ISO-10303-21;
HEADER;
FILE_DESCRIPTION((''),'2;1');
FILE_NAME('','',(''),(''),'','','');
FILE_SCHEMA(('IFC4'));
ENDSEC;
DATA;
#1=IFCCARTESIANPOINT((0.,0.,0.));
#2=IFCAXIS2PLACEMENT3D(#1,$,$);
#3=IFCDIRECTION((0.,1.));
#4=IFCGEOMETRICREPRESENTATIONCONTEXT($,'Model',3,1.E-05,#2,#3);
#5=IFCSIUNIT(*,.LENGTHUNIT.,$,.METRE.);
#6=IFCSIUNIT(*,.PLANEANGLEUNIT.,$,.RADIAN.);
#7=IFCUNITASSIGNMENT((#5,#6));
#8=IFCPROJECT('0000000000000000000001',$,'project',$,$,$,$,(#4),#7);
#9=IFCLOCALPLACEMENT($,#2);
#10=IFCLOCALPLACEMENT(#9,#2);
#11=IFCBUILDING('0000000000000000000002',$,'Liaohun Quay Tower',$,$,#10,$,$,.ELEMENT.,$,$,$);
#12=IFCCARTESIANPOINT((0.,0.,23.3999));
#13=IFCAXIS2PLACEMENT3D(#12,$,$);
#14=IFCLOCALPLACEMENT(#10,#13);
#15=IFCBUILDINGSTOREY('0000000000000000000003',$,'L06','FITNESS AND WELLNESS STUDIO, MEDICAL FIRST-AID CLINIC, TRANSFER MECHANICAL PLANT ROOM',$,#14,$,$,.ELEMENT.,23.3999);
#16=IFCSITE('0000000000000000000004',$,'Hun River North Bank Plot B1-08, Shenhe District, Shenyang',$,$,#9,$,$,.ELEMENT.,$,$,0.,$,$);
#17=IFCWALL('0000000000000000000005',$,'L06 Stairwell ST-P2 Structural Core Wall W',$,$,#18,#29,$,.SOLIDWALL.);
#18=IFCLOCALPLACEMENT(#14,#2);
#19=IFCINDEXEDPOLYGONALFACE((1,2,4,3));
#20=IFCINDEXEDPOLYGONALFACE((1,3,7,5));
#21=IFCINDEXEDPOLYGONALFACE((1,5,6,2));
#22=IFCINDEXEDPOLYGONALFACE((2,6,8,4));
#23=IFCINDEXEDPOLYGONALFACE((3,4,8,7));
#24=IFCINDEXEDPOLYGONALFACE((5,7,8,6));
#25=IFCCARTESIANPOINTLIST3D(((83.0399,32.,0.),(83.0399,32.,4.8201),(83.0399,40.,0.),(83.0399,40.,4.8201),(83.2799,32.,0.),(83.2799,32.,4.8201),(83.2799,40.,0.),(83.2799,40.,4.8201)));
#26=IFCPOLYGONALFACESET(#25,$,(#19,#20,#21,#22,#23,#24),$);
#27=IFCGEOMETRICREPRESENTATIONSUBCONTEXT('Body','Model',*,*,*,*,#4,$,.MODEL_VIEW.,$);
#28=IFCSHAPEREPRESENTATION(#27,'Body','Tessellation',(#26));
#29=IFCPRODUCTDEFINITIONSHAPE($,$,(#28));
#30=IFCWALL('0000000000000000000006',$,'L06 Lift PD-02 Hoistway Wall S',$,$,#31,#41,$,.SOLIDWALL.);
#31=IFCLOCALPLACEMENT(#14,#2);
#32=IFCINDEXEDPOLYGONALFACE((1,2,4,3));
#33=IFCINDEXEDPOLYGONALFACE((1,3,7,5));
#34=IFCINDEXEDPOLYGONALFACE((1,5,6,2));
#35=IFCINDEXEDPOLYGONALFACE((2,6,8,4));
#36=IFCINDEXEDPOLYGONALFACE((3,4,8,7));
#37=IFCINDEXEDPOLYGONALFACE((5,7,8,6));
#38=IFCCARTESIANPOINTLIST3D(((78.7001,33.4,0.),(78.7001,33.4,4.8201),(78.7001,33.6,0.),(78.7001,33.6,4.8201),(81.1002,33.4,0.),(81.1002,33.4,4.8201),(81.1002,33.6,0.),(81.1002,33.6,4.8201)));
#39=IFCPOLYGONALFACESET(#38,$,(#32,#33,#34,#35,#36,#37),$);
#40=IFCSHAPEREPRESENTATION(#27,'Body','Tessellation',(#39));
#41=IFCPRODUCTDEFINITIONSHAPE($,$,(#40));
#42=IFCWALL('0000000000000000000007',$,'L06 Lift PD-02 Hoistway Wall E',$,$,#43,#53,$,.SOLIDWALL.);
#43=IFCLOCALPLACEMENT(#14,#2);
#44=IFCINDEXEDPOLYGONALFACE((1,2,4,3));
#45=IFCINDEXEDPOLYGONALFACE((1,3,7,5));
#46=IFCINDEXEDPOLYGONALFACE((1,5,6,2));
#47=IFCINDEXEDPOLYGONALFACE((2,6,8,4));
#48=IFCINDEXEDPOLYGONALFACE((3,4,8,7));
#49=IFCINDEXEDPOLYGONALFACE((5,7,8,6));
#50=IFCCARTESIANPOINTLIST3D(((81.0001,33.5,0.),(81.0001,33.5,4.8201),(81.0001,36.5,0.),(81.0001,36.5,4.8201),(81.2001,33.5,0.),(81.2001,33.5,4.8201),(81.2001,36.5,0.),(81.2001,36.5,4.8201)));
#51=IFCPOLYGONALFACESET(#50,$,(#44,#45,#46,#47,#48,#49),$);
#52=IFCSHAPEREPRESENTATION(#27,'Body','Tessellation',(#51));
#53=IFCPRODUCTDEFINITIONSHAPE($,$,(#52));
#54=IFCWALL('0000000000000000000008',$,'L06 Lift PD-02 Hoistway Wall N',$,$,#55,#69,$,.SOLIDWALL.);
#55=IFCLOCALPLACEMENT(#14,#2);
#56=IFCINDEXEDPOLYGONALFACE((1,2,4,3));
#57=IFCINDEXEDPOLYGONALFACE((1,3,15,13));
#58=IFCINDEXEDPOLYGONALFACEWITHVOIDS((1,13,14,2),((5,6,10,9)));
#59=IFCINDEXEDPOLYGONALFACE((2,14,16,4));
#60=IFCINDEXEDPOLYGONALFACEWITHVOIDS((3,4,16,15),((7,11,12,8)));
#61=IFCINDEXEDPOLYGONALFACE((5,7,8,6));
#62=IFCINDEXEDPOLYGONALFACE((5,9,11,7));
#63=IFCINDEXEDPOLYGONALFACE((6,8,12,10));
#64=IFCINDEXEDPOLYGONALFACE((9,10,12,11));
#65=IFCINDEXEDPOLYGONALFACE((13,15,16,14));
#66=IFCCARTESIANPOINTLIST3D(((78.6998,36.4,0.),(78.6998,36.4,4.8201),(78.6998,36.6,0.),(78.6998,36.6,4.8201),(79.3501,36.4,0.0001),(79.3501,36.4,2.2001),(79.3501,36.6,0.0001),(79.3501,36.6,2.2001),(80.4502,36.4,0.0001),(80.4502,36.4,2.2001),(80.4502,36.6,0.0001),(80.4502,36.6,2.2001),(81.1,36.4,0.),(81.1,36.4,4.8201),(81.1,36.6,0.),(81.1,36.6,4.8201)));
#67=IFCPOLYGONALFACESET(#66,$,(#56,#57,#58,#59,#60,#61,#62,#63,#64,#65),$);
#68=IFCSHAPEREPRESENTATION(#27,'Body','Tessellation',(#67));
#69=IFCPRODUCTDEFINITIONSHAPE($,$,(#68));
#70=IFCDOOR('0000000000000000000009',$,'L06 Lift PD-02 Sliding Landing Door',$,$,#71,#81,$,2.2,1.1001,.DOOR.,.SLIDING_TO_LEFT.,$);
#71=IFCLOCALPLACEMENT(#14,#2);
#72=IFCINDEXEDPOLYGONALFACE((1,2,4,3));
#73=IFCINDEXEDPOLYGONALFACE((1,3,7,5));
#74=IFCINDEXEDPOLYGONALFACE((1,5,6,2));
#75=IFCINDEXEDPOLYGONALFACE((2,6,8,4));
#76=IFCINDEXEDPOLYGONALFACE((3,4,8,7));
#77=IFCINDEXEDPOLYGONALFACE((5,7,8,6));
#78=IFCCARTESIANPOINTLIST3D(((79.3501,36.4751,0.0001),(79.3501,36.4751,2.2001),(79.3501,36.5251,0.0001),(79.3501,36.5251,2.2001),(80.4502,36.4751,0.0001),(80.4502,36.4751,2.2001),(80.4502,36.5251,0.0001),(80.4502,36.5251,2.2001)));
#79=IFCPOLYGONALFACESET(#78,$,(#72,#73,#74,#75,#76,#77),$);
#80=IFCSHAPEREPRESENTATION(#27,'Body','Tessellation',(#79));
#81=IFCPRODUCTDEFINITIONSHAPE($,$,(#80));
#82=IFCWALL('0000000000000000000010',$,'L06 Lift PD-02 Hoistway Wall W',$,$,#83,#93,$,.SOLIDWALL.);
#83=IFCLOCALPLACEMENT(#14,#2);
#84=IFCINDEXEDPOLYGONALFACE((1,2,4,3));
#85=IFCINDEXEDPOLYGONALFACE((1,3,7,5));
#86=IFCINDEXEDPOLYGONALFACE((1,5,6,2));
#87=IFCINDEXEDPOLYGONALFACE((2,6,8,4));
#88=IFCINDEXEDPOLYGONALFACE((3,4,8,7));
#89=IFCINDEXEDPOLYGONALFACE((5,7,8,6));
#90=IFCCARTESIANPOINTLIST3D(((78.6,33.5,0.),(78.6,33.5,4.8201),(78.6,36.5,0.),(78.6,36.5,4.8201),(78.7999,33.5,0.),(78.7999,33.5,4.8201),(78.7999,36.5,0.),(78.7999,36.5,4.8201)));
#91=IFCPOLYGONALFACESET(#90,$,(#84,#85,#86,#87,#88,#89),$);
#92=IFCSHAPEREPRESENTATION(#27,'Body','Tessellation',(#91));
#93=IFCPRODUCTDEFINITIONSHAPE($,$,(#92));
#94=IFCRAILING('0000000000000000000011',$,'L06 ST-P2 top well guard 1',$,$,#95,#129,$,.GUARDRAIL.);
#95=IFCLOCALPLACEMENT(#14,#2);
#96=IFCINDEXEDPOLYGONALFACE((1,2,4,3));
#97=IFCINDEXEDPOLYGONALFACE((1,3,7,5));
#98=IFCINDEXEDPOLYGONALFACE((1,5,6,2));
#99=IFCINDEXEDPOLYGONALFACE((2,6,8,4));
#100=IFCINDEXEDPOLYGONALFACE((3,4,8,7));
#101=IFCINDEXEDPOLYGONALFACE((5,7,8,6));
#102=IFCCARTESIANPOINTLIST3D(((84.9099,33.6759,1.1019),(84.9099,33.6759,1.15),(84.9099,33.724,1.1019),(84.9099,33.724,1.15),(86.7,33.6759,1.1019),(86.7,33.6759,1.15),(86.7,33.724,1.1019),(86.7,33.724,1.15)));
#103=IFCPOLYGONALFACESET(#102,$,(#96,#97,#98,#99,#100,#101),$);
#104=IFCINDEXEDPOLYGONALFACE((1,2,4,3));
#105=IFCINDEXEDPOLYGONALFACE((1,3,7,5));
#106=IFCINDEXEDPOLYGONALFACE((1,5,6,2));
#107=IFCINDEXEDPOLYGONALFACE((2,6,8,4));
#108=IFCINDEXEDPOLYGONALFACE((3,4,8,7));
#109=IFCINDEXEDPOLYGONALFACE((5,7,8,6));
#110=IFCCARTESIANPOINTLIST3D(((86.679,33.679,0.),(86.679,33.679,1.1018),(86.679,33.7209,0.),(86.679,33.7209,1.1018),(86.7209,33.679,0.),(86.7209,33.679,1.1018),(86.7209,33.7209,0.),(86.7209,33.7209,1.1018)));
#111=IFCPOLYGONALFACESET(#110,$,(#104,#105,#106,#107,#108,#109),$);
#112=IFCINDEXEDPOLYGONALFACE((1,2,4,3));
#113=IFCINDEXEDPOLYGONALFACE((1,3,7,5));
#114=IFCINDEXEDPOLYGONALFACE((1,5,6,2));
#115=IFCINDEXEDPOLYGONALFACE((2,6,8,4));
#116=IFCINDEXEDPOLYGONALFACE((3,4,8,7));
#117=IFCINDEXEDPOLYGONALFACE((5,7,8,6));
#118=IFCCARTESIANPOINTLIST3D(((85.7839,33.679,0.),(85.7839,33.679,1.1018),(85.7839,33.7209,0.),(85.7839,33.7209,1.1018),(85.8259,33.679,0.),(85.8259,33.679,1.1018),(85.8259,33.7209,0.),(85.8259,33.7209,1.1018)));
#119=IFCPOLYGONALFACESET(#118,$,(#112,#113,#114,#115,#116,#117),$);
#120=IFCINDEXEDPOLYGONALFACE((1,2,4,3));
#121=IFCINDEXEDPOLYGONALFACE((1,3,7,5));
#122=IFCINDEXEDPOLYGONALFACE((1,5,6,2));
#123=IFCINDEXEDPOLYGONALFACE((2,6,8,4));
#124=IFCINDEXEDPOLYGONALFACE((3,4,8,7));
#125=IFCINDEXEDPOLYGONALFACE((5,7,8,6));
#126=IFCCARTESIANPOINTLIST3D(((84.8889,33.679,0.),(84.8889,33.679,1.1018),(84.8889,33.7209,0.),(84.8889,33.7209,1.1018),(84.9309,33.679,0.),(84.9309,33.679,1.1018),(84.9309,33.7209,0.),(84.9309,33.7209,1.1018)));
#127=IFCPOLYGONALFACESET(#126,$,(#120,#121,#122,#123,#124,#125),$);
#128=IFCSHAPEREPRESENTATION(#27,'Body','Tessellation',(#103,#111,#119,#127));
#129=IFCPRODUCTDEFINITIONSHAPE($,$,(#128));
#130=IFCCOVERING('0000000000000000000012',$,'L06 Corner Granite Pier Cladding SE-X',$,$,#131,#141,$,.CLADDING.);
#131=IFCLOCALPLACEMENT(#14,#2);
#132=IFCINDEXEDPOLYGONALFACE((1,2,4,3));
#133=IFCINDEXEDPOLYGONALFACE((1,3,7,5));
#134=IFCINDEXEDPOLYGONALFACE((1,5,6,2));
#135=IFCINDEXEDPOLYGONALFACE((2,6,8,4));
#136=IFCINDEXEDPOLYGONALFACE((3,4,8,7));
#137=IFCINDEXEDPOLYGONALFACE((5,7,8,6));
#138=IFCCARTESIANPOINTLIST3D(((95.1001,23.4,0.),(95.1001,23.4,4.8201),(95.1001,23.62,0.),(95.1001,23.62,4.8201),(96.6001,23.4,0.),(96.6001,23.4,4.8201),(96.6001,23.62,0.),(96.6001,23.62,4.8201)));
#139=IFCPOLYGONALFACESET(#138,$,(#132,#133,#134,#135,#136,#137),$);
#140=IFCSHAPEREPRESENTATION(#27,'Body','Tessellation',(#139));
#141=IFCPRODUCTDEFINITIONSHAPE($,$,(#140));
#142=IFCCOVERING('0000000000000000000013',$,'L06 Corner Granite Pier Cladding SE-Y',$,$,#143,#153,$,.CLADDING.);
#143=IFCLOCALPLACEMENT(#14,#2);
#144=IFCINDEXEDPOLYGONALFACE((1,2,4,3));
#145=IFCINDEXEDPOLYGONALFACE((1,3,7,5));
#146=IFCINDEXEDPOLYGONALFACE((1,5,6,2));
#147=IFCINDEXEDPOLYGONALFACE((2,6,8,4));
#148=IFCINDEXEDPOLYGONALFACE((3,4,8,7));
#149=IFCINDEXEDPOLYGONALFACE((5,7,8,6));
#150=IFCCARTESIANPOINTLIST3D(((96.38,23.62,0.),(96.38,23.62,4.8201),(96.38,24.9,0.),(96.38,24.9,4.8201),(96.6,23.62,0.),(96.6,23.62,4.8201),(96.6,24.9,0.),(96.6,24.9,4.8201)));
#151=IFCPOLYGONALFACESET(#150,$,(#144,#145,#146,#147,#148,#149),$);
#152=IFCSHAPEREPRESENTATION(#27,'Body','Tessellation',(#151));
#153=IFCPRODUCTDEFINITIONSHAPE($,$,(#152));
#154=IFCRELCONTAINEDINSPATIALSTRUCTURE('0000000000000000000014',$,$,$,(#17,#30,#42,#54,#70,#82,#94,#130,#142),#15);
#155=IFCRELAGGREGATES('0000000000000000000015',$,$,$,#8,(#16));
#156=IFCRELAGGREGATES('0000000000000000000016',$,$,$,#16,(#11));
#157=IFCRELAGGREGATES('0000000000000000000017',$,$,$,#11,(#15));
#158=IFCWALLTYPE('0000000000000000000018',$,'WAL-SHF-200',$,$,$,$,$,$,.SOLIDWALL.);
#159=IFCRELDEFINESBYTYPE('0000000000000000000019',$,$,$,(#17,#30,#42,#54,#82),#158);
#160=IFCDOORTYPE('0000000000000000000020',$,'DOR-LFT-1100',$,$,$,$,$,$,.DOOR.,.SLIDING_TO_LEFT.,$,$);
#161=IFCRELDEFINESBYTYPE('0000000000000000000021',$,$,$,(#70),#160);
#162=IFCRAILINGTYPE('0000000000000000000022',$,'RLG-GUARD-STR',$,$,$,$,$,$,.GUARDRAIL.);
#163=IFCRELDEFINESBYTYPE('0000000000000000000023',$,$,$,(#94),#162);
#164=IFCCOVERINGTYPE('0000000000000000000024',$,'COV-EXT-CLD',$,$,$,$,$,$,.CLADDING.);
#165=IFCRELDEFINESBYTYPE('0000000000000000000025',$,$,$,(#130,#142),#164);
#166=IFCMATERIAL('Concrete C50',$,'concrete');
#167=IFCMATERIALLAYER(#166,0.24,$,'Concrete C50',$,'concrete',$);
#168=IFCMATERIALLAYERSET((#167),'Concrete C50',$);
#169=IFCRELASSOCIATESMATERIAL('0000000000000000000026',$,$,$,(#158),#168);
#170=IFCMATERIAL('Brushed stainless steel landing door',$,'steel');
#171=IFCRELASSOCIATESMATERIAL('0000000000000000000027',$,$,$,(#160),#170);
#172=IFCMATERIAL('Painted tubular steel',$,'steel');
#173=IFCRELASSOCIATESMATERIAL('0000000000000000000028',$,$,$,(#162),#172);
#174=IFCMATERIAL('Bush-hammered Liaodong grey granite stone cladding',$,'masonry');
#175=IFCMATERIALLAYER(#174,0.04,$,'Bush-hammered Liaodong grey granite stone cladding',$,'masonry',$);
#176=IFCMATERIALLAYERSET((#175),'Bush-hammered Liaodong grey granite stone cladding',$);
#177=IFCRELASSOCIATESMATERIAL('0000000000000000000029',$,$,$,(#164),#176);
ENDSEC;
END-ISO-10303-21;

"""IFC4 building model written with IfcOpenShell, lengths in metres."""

from ifc_helpers import new_model, si_unit, direction, frame, frame_2d, origin, origin_2d, place, context, subcontext, project, spatial, rectangle, extrude, source, transform, mapped, material, layer, layer_set, type_object, element, fill, save


model = new_model("IFC4")

# Units and contexts
model_context = context("Model", 3, precision=1e-05, world=origin(), true_north=direction((0.0, 1.0)))
body_context = subcontext(model_context, "Body", "Model", "MODEL_VIEW")
ifc_project = project(units=[si_unit("LENGTHUNIT", "METRE"), si_unit("PLANEANGLEUNIT", "RADIAN")], contexts=[model_context])

# Site, building, storey
site_placement = place(None, origin())
site = spatial("IfcSite", under=ifc_project, at=site_placement, Name="Hun River North Bank Plot B1-08, Shenhe District, Shenyang", CompositionType="ELEMENT", RefElevation=0.0)
building_placement = place(site_placement, origin())
building = spatial("IfcBuilding", under=site, at=building_placement, Name="Liaohun Quay Tower", CompositionType="ELEMENT")
storey_placement = place(building_placement, frame((0.0, 0.0, 23.3999)))
storey = spatial("IfcBuildingStorey", under=building, at=storey_placement, Name="L06", Description="FITNESS AND WELLNESS STUDIO, MEDICAL FIRST-AID CLINIC, TRANSFER MECHANICAL PLANT ROOM", CompositionType="ELEMENT", Elevation=23.3999)

# Shared definitions
ifc_material_1 = material(Name="Concrete C50", Category="concrete")
ifc_layer_1 = layer(ifc_material_1, 0.24, Name="Concrete C50", Category="concrete")
ifc_layer_set_1 = layer_set([ifc_layer_1], Name="Concrete C50")
wall_type_1 = type_object("IfcWallType", Name="WAL-SHF-200", PredefinedType="SOLIDWALL", material=ifc_layer_set_1)

# Walls
wall_1_placement = place(storey_placement, frame((83.1599, 40.0, 0.0), z_axis=(0.0, 0.0, 1.0), x_axis=(0.0, -1.0, 0.0)))
element("IfcWall", 1, at=wall_1_placement, inside=storey, type_object=wall_type_1, Name="L06 Stairwell ST-P2 Structural Core Wall W", PredefinedType="SOLIDWALL", context=body_context, shape_type="SweptSolid", body=[
    extrude(rectangle(XDim=8.0, YDim=0.24, at=frame_2d((4.0, 0.0))), origin(), (0.0, 0.0, 1.0), 4.8201),
])
wall_2_placement = place(storey_placement, frame((78.7, 33.5, 0.0), z_axis=(0.0, 0.0, 1.0), x_axis=(1.0, 0.0, 0.0)))
element("IfcWall", 2, at=wall_2_placement, inside=storey, type_object=wall_type_1, Name="L06 Lift PD-02 Hoistway Wall S", PredefinedType="SOLIDWALL", context=body_context, shape_type="SweptSolid", body=[
    extrude(rectangle(XDim=2.4001, YDim=0.2, at=frame_2d((1.2002, 0.0))), origin(), (0.0, 0.0, 1.0), 4.8201),
])
wall_3_placement = place(storey_placement, frame((81.1001, 33.5, 0.0), z_axis=(0.0, 0.0, 1.0), x_axis=(0.0, 1.0, 0.0)))
element("IfcWall", 3, at=wall_3_placement, inside=storey, type_object=wall_type_1, Name="L06 Lift PD-02 Hoistway Wall E", PredefinedType="SOLIDWALL", context=body_context, shape_type="SweptSolid", body=[
    extrude(rectangle(XDim=3.0, YDim=0.2, at=frame_2d((1.5, 0.0))), origin(), (0.0, 0.0, 1.0), 4.8201),
])

# Wall, opening, door
wall_4_placement = place(storey_placement, frame((81.1001, 36.5, 0.0), z_axis=(0.0, 0.0, 1.0), x_axis=(-1.0, 0.0, 0.0)))
wall_4 = element("IfcWall", 4, at=wall_4_placement, inside=storey, type_object=wall_type_1, Name="L06 Lift PD-02 Hoistway Wall N", PredefinedType="SOLIDWALL", context=body_context, shape_type="SweptSolid", body=[
    extrude(rectangle(XDim=2.4001, YDim=0.2, at=frame_2d((1.2002, 0.0))), origin(), (0.0, 0.0, 1.0), 4.8201),
])
shared_shape_1 = source(origin(), body_context, "Body", "SweptSolid", [
    extrude(rectangle(XDim=1.1001, YDim=2.2, at=frame_2d((0.55, 1.1001))), frame((0.0, 0.1099, 0.0), z_axis=(0.0, -1.0, 0.0), x_axis=(1.0, 0.0, 0.0)), (0.0, 0.0, 1.0), 0.22),
])
opening_1_placement = place(wall_4_placement, frame((0.6499, 0.0, 0.0)))
opening_1 = element("IfcOpeningElement", 5, at=opening_1_placement, cuts=wall_4, PredefinedType="OPENING", context=body_context, shape_type="MappedRepresentation", body=[
    mapped(shared_shape_1, transform((0.0, 0.0, 0.0), x_axis=(1.0, 0.0, 0.0), y_axis=(0.0, 1.0, 0.0), z_axis=(0.0, 0.0, 1.0), scale=1.0)),
])
ifc_material_2 = material(Name="Brushed stainless steel landing door", Category="steel")
door_type_1 = type_object("IfcDoorType", Name="DOR-LFT-1100", OperationType="SLIDING_TO_LEFT", PredefinedType="DOOR", material=ifc_material_2)
shared_shape_2 = source(origin(), body_context, "Body", "SweptSolid", [
    extrude(rectangle(XDim=1.1001, YDim=2.2, at=frame_2d((0.55, 1.1001))), frame((0.0, 0.0249, 0.0), z_axis=(0.0, -1.0, 0.0), x_axis=(1.0, 0.0, 0.0)), (0.0, 0.0, 1.0), 0.05),
])
door_1_placement = place(opening_1_placement, origin())
door_1 = element("IfcDoor", 6, at=door_1_placement, inside=storey, type_object=door_type_1, Name="L06 Lift PD-02 Sliding Landing Door", OperationType="SLIDING_TO_LEFT", OverallHeight=2.2, OverallWidth=1.1001, PredefinedType="DOOR", context=body_context, shape_type="MappedRepresentation", body=[
    mapped(shared_shape_2, transform((0.0, 0.0, 0.0), x_axis=(1.0, 0.0, 0.0), y_axis=(0.0, 1.0, 0.0), z_axis=(0.0, 0.0, 1.0), scale=1.0)),
])
fill(opening_1, door_1)

# Wall
wall_5_placement = place(storey_placement, frame((78.7, 36.5, 0.0), z_axis=(0.0, 0.0, 1.0), x_axis=(0.0, -1.0, 0.0)))
element("IfcWall", 7, at=wall_5_placement, inside=storey, type_object=wall_type_1, Name="L06 Lift PD-02 Hoistway Wall W", PredefinedType="SOLIDWALL", context=body_context, shape_type="SweptSolid", body=[
    extrude(rectangle(XDim=3.0, YDim=0.2, at=frame_2d((1.5, 0.0))), origin(), (0.0, 0.0, 1.0), 4.8201),
])

# Railing
ifc_material_3 = material(Name="Painted tubular steel", Category="steel")
railing_type = type_object("IfcRailingType", Name="RLG-GUARD-STR", PredefinedType="GUARDRAIL", material=ifc_material_3)
railing_placement = place(storey_placement, frame((86.7, 33.7, 0.0)))
element("IfcRailing", 8, at=railing_placement, inside=storey, type_object=railing_type, Name="L06 ST-P2 top well guard 1", PredefinedType="GUARDRAIL", context=body_context, shape_type="SweptSolid", body=[
    extrude(rectangle(XDim=0.0481, YDim=0.0481, at=origin_2d()), frame((0.0, 0.0, 1.126), z_axis=(-1.0, 0.0, 0.0), x_axis=(0.0, -1.0, 0.0)), (0.0, 0.0, 1.0), 1.79),
    extrude(rectangle(XDim=0.042, YDim=0.042, at=origin_2d()), origin(), (0.0, 0.0, 1.0), 1.1018),
    extrude(rectangle(XDim=0.042, YDim=0.042, at=origin_2d()), frame((-0.895, 0.0, 0.0)), (0.0, 0.0, 1.0), 1.1018),
    extrude(rectangle(XDim=0.042, YDim=0.042, at=origin_2d()), frame((-1.79, 0.0, 0.0)), (0.0, 0.0, 1.0), 1.1018),
])

# Coverings
ifc_material_4 = material(Name="Bush-hammered Liaodong grey granite stone cladding", Category="masonry")
ifc_layer_2 = layer(ifc_material_4, 0.04, Name="Bush-hammered Liaodong grey granite stone cladding", Category="masonry")
ifc_layer_set_2 = layer_set([ifc_layer_2], Name="Bush-hammered Liaodong grey granite stone cladding")
covering_type = type_object("IfcCoveringType", Name="COV-EXT-CLD", PredefinedType="CLADDING", material=ifc_layer_set_2)
shared_shape_3 = source(origin(), body_context, "Body", "SweptSolid", [
    extrude(rectangle(XDim=1.5, YDim=0.22, at=origin_2d()), origin(), (0.0, 0.0, 1.0), 4.8201),
])
covering_1_placement = place(storey_placement, frame((95.8501, 23.51, 0.0), z_axis=(0.0, 0.0, 1.0), x_axis=(1.0, 0.0, 0.0)))
element("IfcCovering", 9, at=covering_1_placement, inside=storey, type_object=covering_type, Name="L06 Corner Granite Pier Cladding SE-X", PredefinedType="CLADDING", context=body_context, shape_type="MappedRepresentation", body=[
    mapped(shared_shape_3, transform((0.0, 0.0, 0.0), x_axis=(1.0, 0.0, 0.0), y_axis=(0.0, 1.0, 0.0), z_axis=(0.0, 0.0, 1.0), scale=1.0)),
])
shared_shape_4 = source(origin(), body_context, "Body", "SweptSolid", [
    extrude(rectangle(XDim=0.22, YDim=1.28, at=origin_2d()), origin(), (0.0, 0.0, 1.0), 4.8201),
])
covering_2_placement = place(storey_placement, frame((96.49, 24.26, 0.0), z_axis=(0.0, 0.0, 1.0), x_axis=(1.0, 0.0, 0.0)))
element("IfcCovering", 10, at=covering_2_placement, inside=storey, type_object=covering_type, Name="L06 Corner Granite Pier Cladding SE-Y", PredefinedType="CLADDING", context=body_context, shape_type="MappedRepresentation", body=[
    mapped(shared_shape_4, transform((0.0, 0.0, 0.0), x_axis=(1.0, 0.0, 0.0), y_axis=(0.0, 1.0, 0.0), z_axis=(0.0, 0.0, 1.0), scale=1.0)),
])

save(model, "model.ifc")
